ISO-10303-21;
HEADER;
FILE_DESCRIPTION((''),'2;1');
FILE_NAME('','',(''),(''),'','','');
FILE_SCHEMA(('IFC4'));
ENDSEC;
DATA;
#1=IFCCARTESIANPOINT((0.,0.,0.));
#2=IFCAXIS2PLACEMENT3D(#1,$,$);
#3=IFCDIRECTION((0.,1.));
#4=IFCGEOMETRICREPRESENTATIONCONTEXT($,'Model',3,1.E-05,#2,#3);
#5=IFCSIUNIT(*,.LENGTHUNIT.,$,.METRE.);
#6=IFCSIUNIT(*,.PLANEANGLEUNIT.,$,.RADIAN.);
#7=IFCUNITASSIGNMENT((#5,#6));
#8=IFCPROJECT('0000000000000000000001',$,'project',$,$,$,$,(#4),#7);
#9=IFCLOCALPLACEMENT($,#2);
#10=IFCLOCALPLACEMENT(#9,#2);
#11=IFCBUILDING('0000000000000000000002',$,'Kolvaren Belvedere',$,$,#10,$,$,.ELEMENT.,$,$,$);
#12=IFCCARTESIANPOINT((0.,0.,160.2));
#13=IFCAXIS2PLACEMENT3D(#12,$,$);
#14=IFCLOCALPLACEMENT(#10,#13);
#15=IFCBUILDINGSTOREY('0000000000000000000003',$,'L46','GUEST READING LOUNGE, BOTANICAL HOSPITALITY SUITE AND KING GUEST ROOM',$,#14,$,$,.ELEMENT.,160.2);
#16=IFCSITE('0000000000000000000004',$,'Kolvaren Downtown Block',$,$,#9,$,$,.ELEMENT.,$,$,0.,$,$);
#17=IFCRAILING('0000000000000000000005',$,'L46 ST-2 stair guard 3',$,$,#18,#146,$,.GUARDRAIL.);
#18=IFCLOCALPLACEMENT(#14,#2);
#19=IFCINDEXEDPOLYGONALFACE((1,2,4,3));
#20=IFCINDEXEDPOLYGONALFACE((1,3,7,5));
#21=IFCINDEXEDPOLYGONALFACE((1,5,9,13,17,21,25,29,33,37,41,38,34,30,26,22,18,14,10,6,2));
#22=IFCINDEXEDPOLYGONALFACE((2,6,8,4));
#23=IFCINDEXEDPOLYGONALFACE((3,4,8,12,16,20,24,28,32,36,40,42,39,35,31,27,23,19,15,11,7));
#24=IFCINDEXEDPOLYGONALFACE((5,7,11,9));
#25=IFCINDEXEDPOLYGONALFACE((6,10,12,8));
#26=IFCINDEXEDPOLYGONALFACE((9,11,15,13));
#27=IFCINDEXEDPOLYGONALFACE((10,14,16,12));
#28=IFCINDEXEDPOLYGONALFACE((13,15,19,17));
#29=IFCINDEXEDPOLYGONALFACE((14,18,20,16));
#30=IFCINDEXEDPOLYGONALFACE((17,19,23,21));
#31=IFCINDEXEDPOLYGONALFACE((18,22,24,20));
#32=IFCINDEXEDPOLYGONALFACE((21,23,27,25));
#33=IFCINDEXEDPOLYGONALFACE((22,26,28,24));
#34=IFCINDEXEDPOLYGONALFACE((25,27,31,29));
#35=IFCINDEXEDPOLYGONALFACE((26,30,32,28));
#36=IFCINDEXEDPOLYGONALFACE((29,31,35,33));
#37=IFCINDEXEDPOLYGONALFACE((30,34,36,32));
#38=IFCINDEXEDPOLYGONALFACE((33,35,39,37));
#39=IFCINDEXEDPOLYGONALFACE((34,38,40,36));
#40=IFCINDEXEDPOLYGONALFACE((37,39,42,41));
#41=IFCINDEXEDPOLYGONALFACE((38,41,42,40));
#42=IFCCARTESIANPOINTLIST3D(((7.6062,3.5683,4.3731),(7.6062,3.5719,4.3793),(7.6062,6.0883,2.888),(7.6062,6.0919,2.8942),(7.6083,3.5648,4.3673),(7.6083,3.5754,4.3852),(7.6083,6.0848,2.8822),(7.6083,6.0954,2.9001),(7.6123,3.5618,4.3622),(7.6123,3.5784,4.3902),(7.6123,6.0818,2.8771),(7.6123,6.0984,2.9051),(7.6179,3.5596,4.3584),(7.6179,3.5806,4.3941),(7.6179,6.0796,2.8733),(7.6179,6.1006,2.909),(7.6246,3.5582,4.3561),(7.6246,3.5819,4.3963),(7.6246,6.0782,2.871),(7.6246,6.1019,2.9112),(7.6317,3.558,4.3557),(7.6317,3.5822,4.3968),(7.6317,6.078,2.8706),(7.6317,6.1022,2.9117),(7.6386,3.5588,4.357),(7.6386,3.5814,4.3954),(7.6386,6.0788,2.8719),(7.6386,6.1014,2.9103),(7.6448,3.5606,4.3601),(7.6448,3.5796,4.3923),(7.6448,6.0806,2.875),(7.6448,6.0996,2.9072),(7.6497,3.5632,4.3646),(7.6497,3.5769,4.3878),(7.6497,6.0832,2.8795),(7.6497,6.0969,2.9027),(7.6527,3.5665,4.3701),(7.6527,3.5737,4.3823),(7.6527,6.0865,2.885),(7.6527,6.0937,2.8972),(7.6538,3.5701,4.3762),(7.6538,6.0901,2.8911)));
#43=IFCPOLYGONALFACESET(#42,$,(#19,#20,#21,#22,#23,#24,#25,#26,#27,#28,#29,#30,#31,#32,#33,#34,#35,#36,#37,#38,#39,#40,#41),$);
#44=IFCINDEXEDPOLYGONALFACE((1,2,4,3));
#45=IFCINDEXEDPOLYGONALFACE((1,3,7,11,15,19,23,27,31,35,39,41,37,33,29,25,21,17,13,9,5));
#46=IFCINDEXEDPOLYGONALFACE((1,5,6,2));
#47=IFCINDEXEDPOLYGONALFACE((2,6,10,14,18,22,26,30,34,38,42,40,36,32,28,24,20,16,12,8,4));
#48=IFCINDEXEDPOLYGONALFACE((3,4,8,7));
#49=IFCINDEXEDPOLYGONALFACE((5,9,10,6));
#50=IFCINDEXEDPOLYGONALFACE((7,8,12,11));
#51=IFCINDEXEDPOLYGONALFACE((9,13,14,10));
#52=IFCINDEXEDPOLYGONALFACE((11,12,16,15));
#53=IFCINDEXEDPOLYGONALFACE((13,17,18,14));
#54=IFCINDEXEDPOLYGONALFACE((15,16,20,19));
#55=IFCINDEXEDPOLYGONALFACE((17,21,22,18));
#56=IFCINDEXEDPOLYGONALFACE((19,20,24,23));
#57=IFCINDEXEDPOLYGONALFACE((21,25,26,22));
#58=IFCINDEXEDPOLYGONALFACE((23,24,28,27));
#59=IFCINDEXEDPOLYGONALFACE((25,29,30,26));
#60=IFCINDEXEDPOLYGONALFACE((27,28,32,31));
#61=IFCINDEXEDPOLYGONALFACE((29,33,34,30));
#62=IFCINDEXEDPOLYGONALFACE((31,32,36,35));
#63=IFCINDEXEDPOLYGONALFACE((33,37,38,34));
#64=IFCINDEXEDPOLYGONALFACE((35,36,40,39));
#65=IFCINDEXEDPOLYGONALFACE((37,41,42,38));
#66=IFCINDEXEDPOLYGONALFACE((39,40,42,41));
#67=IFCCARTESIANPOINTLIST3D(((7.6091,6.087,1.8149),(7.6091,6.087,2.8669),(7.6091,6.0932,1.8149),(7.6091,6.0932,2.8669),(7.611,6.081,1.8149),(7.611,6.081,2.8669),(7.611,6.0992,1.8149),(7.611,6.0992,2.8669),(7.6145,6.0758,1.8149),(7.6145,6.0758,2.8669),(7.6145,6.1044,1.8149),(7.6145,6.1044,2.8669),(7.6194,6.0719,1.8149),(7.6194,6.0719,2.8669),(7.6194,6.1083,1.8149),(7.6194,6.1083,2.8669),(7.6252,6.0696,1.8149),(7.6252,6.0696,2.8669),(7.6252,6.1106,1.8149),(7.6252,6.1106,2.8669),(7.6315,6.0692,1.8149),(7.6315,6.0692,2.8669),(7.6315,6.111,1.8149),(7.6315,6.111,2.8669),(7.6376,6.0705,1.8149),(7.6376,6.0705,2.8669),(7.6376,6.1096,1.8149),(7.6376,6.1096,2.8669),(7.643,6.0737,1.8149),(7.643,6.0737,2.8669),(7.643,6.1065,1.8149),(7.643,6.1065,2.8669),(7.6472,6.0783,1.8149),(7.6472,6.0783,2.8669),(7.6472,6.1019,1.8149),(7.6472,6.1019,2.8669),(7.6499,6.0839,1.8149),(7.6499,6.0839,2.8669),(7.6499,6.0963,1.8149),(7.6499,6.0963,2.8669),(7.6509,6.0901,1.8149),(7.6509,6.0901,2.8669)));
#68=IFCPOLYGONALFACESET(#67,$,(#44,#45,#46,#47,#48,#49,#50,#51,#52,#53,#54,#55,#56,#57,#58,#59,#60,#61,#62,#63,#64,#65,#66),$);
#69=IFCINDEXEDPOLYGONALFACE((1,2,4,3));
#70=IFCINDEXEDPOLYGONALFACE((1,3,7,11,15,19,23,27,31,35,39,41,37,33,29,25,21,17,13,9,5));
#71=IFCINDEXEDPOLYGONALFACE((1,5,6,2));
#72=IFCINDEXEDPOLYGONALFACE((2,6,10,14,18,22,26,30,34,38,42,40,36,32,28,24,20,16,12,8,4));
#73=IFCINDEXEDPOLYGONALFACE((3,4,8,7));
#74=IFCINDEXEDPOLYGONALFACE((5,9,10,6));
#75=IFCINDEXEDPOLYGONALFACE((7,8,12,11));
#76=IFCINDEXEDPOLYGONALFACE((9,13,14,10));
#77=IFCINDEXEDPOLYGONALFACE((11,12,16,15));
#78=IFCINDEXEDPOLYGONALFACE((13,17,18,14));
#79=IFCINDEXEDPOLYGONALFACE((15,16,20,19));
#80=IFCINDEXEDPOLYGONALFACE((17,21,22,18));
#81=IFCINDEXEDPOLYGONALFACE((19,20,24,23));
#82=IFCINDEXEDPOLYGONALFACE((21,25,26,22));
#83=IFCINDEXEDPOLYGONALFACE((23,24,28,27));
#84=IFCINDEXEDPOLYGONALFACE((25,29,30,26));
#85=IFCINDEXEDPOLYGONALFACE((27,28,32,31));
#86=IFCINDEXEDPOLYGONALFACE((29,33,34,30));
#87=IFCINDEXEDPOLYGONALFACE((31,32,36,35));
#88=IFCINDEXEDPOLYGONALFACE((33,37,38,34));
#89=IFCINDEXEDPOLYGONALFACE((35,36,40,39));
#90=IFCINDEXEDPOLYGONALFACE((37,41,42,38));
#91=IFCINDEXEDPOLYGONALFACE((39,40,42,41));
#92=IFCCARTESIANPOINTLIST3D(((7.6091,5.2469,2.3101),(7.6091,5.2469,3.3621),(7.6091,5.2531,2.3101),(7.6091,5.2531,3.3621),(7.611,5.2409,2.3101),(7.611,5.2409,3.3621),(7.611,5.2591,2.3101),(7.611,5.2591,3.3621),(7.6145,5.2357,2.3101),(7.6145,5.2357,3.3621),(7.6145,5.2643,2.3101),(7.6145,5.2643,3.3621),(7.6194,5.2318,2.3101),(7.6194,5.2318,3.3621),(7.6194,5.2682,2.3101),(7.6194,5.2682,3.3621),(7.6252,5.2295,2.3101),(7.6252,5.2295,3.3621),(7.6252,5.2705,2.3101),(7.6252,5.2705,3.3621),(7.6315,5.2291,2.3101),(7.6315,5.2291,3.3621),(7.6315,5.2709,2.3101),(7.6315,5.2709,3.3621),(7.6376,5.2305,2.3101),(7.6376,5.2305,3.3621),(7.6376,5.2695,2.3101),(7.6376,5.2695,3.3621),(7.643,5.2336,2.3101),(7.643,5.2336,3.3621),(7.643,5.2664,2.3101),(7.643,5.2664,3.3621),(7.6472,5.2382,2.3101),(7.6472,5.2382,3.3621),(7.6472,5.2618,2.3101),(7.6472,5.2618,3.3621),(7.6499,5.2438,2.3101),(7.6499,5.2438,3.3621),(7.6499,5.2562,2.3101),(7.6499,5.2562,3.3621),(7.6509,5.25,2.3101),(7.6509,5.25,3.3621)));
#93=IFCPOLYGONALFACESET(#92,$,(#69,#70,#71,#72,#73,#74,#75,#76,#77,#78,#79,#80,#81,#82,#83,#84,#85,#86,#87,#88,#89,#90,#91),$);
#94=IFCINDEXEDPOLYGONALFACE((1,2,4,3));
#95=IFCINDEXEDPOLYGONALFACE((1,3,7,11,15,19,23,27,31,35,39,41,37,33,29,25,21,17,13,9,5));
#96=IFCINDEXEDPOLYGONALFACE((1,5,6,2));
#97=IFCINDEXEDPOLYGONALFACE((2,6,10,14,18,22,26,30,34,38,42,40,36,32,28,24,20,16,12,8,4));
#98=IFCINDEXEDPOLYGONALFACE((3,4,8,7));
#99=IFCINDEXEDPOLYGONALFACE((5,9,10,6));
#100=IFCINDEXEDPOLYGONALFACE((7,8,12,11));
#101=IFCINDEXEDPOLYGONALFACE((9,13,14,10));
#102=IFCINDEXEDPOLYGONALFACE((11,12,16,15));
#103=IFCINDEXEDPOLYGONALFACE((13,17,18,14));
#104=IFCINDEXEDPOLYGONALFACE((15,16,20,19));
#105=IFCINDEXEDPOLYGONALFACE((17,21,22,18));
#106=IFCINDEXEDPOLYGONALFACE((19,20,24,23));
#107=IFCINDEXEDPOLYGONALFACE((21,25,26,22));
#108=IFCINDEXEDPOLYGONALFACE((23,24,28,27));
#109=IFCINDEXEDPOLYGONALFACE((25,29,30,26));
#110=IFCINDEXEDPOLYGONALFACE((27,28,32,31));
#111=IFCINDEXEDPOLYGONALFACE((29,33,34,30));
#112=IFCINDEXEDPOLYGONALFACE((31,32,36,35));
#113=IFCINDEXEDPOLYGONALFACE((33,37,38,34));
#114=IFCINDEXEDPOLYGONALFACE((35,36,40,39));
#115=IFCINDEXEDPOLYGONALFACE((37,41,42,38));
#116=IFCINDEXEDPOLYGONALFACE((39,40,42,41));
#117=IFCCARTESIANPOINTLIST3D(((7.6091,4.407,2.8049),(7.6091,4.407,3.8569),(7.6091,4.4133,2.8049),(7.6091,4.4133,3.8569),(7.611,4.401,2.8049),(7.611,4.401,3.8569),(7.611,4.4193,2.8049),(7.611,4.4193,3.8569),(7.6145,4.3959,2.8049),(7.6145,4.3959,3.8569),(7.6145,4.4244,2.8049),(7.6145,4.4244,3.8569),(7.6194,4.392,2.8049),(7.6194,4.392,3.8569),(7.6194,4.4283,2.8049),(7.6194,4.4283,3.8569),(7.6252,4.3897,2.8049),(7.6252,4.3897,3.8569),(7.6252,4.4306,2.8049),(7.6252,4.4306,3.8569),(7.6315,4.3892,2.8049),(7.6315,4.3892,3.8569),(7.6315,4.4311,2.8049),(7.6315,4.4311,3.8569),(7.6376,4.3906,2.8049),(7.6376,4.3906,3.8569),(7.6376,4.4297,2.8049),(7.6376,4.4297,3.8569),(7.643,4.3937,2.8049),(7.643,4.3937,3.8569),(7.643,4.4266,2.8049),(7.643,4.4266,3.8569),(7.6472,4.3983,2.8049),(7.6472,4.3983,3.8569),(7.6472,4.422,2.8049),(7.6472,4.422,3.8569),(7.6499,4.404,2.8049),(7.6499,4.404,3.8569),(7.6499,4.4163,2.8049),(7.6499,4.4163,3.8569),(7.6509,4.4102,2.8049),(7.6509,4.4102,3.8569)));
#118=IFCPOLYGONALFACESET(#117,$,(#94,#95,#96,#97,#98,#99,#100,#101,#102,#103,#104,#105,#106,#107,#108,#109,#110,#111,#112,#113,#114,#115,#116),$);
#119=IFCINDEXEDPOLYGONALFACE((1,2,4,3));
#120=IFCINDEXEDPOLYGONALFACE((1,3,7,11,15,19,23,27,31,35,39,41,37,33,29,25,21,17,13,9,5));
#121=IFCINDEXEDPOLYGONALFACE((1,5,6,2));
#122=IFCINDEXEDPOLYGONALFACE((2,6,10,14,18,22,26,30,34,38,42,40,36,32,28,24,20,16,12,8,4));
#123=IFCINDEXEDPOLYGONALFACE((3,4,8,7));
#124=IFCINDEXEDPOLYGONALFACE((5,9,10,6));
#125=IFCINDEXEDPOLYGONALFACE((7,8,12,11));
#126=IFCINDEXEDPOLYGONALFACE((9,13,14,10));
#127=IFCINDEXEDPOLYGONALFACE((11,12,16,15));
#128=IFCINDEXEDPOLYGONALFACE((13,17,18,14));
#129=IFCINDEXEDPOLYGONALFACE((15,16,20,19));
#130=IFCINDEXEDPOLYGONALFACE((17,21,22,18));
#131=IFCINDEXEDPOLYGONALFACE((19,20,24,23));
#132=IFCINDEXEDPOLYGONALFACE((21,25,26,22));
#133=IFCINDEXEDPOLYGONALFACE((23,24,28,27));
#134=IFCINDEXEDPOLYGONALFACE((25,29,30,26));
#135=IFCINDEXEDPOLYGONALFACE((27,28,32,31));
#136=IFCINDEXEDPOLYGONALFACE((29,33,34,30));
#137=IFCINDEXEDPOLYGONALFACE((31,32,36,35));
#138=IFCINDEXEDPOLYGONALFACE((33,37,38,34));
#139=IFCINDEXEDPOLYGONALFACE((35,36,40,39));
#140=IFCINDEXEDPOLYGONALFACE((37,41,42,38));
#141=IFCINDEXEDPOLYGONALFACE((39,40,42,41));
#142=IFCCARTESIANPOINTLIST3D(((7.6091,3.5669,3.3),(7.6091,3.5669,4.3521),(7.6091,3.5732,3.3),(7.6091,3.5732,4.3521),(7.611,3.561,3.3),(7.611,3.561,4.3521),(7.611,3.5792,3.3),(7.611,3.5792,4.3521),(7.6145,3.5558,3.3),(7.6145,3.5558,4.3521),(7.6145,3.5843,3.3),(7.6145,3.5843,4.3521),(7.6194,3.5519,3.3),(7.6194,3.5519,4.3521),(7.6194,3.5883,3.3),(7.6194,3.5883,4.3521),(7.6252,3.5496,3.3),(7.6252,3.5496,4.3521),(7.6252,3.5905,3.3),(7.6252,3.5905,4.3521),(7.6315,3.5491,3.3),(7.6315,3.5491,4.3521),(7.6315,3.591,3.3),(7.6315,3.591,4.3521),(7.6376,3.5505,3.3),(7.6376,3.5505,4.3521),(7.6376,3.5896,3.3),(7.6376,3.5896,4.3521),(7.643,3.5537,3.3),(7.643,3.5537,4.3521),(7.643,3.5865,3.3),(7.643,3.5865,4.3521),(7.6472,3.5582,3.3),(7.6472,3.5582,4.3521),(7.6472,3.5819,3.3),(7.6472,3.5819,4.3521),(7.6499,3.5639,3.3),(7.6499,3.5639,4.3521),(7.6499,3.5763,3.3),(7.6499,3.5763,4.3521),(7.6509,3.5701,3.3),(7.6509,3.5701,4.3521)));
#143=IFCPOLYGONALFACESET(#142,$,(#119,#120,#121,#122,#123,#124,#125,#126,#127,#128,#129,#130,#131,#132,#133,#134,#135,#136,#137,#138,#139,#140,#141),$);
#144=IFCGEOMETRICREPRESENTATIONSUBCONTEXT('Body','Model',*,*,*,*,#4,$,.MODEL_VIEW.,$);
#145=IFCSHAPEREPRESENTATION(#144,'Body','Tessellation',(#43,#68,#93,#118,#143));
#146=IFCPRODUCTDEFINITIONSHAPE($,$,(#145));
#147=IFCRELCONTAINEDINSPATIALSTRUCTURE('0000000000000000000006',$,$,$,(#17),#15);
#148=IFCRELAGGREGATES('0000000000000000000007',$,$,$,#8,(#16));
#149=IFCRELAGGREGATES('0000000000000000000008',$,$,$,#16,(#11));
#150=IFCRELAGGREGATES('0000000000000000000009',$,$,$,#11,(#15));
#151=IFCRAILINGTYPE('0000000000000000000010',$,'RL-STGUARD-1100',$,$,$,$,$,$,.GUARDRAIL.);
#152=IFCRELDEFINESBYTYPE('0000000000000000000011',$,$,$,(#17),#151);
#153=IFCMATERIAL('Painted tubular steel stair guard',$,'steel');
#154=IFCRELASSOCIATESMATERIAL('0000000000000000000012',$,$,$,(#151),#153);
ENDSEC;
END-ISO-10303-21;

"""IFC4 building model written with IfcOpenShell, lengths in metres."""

from ifc_helpers import new_model, si_unit, direction, frame, origin, origin_2d, place, context, subcontext, project, spatial, circle, extrude, material, type_object, element, save


model = new_model("IFC4")

# Units and contexts
model_context = context("Model", 3, precision=1e-05, world=origin(), true_north=direction((0.0, 1.0)))
body_context = subcontext(model_context, "Body", "Model", "MODEL_VIEW")
ifc_project = project(units=[si_unit("LENGTHUNIT", "METRE"), si_unit("PLANEANGLEUNIT", "RADIAN")], contexts=[model_context])

# Site, building, storey
site_placement = place(None, origin())
site = spatial("IfcSite", under=ifc_project, at=site_placement, Name="Kolvaren Downtown Block", CompositionType="ELEMENT", RefElevation=0.0)
building_placement = place(site_placement, origin())
building = spatial("IfcBuilding", under=site, at=building_placement, Name="Kolvaren Belvedere", CompositionType="ELEMENT")
storey_placement = place(building_placement, frame((0.0, 0.0, 160.2)))
storey = spatial("IfcBuildingStorey", under=building, at=storey_placement, Name="L46", Description="GUEST READING LOUNGE, BOTANICAL HOSPITALITY SUITE AND KING GUEST ROOM", CompositionType="ELEMENT", Elevation=160.2)

# Railing
ifc_material_1 = material(Name="Painted tubular steel stair guard", Category="steel")
railing_type_1 = type_object("IfcRailingType", Name="RL-STGUARD-1100", PredefinedType="GUARDRAIL", material=ifc_material_1)
railing_1_placement = place(storey_placement, frame((7.6299, 6.0901, 1.8149)))
element("IfcRailing", 1, at=railing_1_placement, inside=storey, type_object=railing_type_1, Name="L46 ST-2 stair guard 3", PredefinedType="GUARDRAIL", context=body_context, shape_type="SweptSolid", body=[
    extrude(circle(Radius=0.0239, at=origin_2d()), frame((0.0, 0.0, 1.0762), z_axis=(0.0, -0.861524, 0.507717), x_axis=(1.0, 0.0, 0.0)), (0.0, 0.0, 1.0), 2.925),
    extrude(circle(Radius=0.021, at=origin_2d()), origin(), (0.0, 0.0, 1.0), 1.052),
    extrude(circle(Radius=0.021, at=origin_2d()), frame((0.0, -0.8401, 0.4951)), (0.0, 0.0, 1.0), 1.052),
    extrude(circle(Radius=0.021, at=origin_2d()), frame((0.0, -1.6799, 0.99)), (0.0, 0.0, 1.0), 1.052),
    extrude(circle(Radius=0.021, at=origin_2d()), frame((0.0, -2.52, 1.4851)), (0.0, 0.0, 1.0), 1.052),
])

save(model, "model.ifc")
